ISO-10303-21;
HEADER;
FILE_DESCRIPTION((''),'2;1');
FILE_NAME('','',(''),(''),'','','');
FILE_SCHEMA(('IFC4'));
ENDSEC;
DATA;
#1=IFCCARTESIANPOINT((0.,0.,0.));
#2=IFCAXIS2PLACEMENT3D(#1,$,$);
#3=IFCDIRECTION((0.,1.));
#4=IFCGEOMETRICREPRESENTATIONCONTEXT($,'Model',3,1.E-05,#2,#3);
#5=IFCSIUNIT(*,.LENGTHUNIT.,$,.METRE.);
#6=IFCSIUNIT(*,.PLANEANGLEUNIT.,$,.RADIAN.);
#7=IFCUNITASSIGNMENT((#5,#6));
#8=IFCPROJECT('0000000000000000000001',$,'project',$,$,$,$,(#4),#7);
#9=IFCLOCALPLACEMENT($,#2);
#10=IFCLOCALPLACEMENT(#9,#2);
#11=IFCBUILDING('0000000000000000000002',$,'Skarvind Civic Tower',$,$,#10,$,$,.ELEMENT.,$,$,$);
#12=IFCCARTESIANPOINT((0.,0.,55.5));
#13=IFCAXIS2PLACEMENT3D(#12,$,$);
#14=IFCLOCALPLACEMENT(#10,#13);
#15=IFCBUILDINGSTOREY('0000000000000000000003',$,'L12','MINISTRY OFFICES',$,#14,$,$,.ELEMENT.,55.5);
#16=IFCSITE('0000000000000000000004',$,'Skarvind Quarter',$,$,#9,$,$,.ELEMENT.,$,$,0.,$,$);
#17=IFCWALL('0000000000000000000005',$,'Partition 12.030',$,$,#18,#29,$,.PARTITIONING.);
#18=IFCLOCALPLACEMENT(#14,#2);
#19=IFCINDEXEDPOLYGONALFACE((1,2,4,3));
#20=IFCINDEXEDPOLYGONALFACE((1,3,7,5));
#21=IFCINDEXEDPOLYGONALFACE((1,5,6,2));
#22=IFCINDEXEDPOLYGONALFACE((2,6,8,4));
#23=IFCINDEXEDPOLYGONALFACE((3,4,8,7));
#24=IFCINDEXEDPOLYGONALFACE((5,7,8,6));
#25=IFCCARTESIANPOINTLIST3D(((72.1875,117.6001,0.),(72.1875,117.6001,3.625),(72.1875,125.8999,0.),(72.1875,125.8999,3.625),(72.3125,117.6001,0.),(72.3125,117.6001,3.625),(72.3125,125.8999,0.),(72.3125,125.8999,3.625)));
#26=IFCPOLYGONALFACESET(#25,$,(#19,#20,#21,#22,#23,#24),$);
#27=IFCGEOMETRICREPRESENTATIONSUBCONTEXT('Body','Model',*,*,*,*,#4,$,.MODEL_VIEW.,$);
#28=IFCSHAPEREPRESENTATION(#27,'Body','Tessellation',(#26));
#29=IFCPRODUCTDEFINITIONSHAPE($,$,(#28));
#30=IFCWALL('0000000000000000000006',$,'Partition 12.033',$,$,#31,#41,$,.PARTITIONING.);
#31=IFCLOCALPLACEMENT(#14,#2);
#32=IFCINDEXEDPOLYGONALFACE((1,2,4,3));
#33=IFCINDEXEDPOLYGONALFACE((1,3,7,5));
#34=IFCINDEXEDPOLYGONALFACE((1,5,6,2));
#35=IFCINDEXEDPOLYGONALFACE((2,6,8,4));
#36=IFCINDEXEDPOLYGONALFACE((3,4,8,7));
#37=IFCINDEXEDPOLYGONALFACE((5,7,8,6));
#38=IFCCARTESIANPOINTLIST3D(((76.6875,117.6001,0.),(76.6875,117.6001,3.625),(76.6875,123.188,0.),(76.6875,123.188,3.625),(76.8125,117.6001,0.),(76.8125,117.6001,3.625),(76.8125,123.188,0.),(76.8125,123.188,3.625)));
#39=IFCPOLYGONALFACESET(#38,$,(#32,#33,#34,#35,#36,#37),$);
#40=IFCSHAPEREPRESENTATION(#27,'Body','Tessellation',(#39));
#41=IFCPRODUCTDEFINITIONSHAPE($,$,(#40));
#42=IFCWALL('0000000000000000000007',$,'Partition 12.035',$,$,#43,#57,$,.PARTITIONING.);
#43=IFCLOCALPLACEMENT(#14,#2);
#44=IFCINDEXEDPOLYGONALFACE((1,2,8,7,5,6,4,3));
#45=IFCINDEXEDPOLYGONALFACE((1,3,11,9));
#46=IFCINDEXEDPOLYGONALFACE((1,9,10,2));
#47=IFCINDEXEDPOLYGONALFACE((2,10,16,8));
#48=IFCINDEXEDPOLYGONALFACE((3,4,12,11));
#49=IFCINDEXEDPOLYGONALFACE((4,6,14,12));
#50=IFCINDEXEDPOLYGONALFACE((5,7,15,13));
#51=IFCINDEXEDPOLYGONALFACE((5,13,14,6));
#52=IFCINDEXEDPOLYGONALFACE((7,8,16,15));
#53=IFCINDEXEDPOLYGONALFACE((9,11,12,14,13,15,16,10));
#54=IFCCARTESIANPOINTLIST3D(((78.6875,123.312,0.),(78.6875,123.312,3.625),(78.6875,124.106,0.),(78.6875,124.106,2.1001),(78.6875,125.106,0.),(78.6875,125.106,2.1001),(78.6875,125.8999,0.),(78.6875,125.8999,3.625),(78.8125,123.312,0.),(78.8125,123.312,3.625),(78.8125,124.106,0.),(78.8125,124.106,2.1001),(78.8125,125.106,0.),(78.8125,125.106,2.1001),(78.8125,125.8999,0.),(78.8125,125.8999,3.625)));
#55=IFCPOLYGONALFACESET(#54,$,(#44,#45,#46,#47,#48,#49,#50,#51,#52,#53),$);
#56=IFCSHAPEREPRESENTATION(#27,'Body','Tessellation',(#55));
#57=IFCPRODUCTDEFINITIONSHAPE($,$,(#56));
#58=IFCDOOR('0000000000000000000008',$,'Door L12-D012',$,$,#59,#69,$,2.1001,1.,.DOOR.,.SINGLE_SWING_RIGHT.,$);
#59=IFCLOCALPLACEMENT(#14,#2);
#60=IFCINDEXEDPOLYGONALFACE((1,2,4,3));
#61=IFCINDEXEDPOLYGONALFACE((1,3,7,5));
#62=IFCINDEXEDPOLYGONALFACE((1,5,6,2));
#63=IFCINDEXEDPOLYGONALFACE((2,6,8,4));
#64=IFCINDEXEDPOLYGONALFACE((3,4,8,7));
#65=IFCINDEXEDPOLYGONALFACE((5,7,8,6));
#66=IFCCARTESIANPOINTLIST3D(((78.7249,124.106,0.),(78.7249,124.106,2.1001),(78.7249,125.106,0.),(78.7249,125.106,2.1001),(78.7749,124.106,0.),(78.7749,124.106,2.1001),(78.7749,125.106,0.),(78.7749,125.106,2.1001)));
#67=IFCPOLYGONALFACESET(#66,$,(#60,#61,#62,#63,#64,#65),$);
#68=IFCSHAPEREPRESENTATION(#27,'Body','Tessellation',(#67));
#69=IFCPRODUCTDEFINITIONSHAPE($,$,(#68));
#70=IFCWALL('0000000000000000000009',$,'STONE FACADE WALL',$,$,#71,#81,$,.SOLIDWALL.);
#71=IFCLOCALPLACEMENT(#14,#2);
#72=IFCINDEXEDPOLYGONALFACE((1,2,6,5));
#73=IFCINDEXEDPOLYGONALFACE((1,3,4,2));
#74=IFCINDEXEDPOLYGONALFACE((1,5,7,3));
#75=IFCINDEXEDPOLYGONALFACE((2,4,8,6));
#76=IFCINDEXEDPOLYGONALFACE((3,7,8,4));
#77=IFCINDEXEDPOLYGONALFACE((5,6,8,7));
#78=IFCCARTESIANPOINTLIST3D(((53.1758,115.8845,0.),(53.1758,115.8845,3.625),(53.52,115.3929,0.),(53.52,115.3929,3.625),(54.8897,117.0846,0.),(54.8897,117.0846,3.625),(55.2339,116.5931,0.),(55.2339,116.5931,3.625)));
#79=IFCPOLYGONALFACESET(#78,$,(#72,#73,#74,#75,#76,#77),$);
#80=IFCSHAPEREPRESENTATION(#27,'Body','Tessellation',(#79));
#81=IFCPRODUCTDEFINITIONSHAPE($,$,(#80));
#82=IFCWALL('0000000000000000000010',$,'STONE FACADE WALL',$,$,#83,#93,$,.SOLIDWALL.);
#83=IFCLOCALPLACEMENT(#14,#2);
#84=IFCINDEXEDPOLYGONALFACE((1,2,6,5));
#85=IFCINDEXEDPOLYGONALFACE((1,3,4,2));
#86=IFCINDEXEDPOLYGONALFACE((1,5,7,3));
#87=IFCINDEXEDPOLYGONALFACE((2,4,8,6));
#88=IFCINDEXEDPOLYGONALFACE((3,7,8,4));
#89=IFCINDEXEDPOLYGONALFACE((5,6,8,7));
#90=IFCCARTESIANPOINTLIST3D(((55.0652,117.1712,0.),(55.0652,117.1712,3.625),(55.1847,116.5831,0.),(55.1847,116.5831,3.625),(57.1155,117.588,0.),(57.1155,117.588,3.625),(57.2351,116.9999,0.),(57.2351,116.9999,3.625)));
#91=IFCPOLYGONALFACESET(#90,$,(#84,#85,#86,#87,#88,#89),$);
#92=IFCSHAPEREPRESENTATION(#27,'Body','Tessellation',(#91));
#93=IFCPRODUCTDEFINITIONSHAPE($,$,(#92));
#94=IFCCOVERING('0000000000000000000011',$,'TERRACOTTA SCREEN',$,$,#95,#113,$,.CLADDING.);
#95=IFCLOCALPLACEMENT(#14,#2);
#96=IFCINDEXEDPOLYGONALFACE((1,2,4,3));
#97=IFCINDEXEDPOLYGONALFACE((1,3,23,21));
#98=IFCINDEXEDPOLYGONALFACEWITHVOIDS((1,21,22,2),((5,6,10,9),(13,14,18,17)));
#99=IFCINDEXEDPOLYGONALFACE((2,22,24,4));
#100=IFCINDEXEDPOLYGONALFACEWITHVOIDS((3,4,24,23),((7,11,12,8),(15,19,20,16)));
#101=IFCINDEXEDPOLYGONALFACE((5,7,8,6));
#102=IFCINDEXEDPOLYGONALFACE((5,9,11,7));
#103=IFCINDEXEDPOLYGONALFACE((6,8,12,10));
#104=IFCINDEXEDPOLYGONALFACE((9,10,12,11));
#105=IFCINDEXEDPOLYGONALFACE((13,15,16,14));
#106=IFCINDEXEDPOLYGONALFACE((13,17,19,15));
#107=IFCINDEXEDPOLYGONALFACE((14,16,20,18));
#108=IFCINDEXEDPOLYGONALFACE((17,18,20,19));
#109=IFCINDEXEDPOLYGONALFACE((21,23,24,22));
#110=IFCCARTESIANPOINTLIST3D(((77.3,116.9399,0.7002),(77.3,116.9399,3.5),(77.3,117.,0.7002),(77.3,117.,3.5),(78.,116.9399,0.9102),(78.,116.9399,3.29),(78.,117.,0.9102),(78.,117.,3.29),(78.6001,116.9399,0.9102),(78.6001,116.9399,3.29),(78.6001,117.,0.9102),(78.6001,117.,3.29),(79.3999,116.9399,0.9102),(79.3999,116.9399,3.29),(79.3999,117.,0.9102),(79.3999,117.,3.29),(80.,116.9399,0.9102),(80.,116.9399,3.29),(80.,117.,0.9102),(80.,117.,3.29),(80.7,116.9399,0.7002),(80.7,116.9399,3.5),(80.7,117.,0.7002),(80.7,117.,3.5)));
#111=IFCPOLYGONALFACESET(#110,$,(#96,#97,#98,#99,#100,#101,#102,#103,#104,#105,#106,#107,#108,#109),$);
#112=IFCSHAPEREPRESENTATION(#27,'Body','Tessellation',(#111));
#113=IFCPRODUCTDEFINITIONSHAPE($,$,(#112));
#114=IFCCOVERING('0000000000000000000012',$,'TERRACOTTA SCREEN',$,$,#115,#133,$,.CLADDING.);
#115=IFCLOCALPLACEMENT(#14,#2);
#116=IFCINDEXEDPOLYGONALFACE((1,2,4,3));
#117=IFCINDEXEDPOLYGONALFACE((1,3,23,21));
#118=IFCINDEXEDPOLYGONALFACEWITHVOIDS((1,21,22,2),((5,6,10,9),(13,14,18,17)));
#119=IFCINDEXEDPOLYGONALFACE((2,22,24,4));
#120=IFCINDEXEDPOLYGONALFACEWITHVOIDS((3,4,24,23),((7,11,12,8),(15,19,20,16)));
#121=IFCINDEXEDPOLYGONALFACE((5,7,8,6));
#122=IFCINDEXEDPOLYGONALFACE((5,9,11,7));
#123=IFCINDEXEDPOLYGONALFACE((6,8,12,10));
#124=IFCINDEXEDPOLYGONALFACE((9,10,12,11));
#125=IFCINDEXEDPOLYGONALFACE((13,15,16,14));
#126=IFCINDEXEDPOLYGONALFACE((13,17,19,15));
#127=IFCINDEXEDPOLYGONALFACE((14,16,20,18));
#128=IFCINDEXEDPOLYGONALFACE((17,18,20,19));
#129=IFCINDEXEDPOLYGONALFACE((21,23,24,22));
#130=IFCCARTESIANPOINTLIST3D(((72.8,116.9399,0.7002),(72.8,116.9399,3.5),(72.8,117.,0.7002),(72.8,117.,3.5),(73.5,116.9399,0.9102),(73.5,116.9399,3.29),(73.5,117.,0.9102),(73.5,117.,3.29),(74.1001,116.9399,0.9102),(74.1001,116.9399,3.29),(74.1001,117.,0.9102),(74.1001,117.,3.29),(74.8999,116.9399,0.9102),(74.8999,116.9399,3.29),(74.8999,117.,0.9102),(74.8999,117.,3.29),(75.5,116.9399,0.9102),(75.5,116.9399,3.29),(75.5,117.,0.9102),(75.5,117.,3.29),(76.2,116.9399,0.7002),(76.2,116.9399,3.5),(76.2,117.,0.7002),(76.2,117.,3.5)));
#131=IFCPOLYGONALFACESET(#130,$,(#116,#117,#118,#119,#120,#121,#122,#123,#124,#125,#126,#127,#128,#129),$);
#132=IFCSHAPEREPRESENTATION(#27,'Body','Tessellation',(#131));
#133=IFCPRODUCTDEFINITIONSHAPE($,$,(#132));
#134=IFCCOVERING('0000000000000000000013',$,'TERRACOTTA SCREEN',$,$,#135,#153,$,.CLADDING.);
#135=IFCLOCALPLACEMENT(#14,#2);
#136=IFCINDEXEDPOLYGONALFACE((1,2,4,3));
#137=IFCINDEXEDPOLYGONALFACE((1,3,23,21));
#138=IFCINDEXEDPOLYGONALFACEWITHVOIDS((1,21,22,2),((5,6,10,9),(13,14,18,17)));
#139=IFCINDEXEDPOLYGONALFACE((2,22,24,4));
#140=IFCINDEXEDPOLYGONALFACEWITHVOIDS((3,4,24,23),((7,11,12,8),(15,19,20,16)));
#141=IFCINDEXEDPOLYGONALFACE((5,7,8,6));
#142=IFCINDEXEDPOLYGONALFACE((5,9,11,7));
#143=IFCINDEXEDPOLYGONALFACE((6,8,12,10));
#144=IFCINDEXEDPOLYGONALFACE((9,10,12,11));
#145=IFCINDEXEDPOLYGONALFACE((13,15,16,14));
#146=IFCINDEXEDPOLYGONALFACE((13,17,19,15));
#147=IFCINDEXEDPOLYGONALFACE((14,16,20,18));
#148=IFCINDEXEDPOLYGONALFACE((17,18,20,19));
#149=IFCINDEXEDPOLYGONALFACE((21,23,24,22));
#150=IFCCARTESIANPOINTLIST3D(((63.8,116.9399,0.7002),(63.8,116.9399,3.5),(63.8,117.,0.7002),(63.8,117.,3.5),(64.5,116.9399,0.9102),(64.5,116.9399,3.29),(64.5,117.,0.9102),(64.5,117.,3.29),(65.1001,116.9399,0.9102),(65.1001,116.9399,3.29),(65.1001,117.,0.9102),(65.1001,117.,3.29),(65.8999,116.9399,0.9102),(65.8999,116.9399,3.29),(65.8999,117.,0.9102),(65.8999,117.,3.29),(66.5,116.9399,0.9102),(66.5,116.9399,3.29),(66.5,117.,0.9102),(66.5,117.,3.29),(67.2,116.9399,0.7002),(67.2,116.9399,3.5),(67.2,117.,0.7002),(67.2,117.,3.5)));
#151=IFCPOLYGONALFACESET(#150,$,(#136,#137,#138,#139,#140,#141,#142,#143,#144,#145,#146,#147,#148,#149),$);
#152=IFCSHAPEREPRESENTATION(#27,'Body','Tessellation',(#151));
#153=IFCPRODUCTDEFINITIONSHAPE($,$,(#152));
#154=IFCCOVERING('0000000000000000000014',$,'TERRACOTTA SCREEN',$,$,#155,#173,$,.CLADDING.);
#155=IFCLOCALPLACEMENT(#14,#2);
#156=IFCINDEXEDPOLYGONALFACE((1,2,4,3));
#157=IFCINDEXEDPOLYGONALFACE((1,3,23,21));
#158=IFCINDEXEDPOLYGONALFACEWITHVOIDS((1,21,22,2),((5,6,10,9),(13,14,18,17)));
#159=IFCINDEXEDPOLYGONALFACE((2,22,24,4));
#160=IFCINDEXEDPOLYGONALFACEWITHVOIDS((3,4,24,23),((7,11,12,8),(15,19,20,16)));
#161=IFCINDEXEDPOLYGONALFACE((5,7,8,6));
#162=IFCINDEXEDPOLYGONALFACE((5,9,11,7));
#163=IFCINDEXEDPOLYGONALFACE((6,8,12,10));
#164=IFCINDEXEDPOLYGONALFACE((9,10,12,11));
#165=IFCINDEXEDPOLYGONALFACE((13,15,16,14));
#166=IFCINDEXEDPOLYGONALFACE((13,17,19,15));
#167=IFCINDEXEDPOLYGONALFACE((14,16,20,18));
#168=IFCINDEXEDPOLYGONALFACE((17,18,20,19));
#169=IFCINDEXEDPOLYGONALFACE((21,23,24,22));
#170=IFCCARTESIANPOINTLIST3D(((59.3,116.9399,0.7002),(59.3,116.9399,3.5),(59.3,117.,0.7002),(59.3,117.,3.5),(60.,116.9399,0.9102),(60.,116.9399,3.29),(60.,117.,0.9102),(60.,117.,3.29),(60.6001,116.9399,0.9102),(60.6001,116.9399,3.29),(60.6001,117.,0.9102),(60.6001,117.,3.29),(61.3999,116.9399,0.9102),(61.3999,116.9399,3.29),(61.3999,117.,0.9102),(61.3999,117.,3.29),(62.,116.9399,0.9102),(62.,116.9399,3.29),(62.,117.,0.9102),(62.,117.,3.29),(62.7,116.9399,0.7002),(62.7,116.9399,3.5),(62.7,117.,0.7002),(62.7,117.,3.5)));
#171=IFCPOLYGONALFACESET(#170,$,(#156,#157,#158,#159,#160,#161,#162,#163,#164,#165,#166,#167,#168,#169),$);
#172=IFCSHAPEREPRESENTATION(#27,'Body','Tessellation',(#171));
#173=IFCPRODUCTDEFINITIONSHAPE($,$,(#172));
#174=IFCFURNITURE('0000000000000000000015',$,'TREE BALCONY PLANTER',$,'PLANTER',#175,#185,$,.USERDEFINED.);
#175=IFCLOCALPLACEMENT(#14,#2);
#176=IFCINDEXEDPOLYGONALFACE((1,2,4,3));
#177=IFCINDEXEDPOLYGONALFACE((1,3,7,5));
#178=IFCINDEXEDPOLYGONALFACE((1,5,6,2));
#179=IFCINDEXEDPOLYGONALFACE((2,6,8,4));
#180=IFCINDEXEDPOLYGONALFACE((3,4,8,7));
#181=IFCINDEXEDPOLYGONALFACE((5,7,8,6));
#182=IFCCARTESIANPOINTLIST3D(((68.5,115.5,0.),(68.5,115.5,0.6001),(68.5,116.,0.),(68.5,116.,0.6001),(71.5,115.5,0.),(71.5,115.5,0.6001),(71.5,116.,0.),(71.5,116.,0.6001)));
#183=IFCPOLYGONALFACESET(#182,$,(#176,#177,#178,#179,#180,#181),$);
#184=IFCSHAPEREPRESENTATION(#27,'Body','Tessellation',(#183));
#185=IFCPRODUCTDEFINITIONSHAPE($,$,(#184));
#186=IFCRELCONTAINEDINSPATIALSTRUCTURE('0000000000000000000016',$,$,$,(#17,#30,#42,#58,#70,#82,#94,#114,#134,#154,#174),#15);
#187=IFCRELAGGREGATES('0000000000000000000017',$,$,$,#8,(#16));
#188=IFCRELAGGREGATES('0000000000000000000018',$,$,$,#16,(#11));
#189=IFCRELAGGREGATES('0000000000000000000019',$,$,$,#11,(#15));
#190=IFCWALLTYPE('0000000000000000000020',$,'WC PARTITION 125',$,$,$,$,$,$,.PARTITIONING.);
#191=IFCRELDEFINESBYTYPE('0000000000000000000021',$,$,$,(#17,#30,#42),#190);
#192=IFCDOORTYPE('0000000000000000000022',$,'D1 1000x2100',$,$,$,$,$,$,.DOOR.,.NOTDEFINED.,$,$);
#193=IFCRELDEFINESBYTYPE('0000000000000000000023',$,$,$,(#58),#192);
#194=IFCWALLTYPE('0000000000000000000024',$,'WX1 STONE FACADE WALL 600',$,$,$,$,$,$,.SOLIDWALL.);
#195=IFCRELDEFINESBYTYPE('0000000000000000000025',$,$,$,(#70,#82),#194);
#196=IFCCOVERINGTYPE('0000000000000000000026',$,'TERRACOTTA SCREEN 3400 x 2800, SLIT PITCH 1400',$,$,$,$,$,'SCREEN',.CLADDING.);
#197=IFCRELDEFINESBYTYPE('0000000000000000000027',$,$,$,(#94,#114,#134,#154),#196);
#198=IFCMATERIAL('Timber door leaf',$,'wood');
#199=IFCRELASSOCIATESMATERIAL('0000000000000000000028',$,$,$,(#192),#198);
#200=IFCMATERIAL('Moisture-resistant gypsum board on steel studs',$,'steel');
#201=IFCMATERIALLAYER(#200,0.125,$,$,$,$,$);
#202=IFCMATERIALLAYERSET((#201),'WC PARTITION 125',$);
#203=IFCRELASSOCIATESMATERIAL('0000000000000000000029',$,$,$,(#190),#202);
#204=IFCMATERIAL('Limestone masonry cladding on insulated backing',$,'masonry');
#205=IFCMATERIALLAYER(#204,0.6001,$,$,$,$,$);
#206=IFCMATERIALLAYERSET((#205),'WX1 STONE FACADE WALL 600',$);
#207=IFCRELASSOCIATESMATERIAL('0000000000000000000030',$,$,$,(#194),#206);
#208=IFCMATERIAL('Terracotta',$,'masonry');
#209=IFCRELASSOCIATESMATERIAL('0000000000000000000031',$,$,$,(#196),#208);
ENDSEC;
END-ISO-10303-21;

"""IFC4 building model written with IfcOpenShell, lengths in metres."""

from ifc_helpers import new_model, si_unit, direction, frame, frame_2d, origin, origin_2d, place, context, subcontext, project, spatial, polyline, rectangle, outline, extrude, material, layer, layer_set, material_profile, profile_set, type_object, element, fill, save


model = new_model("IFC4")

# Units and contexts
model_context = context("Model", 3, precision=1e-05, world=origin(), true_north=direction((0.0, 1.0)))
body_context = subcontext(model_context, "Body", "Model", "MODEL_VIEW")
ifc_project = project(units=[si_unit("LENGTHUNIT", "METRE"), si_unit("PLANEANGLEUNIT", "RADIAN")], contexts=[model_context])

# Site, building, storey
site_placement = place(None, origin())
site = spatial("IfcSite", under=ifc_project, at=site_placement, Name="Skarvind Quarter", CompositionType="ELEMENT", RefElevation=0.0)
building_placement = place(site_placement, origin())
building = spatial("IfcBuilding", under=site, at=building_placement, Name="Skarvind Civic Tower", CompositionType="ELEMENT")
storey_placement = place(building_placement, frame((0.0, 0.0, 55.5)))
storey = spatial("IfcBuildingStorey", under=building, at=storey_placement, Name="L12", Description="MINISTRY OFFICES", CompositionType="ELEMENT", Elevation=55.5)

# Shared definitions
ifc_material_1 = material(Name="Timber door leaf", Category="wood")

# Shared definitions
door_type_1 = type_object("IfcDoorType", Name="D1 1000x2100", OperationType="NOTDEFINED", PredefinedType="DOOR", material=ifc_material_1)

# Walls
ifc_material_2 = material(Name="Moisture-resistant gypsum board on steel studs", Category="steel")
ifc_layer_1 = layer(ifc_material_2, 0.125)
ifc_layer_set_1 = layer_set([ifc_layer_1], Name="WC PARTITION 125")
wall_type_1 = type_object("IfcWallType", Name="WC PARTITION 125", PredefinedType="PARTITIONING", material=ifc_layer_set_1)
wall_1_placement = place(storey_placement, frame((72.25, 117.6001, 0.0), z_axis=(0.0, 0.0, 1.0), x_axis=(0.0, 1.0, 0.0)))
element("IfcWall", 1, at=wall_1_placement, inside=storey, type_object=wall_type_1, Name="Partition 12.030", PredefinedType="PARTITIONING", context=body_context, shape_type="SweptSolid", body=[
    extrude(rectangle(XDim=8.2998, YDim=0.125, at=frame_2d((4.1499, 0.0))), origin(), (0.0, 0.0, 1.0), 3.625),
])
wall_2_placement = place(storey_placement, frame((76.75, 117.6001, 0.0), z_axis=(0.0, 0.0, 1.0), x_axis=(0.0, 1.0, 0.0)))
element("IfcWall", 2, at=wall_2_placement, inside=storey, type_object=wall_type_1, Name="Partition 12.033", PredefinedType="PARTITIONING", context=body_context, shape_type="SweptSolid", body=[
    extrude(rectangle(XDim=5.5879, YDim=0.125, at=frame_2d((2.7939, 0.0))), origin(), (0.0, 0.0, 1.0), 3.625),
])

# Wall, opening, door
wall_3_placement = place(storey_placement, frame((78.75, 125.8999, 0.0), z_axis=(0.0, 0.0, 1.0), x_axis=(0.0, -1.0, 0.0)))
wall_3 = element("IfcWall", 3, at=wall_3_placement, inside=storey, type_object=wall_type_1, Name="Partition 12.035", PredefinedType="PARTITIONING", context=body_context, shape_type="SweptSolid", body=[
    extrude(rectangle(XDim=2.5879, YDim=0.125, at=frame_2d((1.2939, 0.0))), origin(), (0.0, 0.0, 1.0), 3.625),
])
opening_1_placement = place(wall_3_placement, frame((0.7939, 0.0, 0.0)))
opening_1 = element("IfcOpeningElement", 4, at=opening_1_placement, cuts=wall_3, PredefinedType="OPENING", context=body_context, shape_type="SweptSolid", body=[
    extrude(rectangle(XDim=1.0, YDim=2.1001, at=frame_2d((0.5, 1.05))), frame((0.0, 0.0725, 0.0), z_axis=(0.0, -1.0, 0.0), x_axis=(1.0, 0.0, 0.0)), (0.0, 0.0, 1.0), 0.145),
])
door_1_placement = place(opening_1_placement, origin())
door_1 = element("IfcDoor", 5, at=door_1_placement, inside=storey, type_object=door_type_1, Name="Door L12-D012", OperationType="SINGLE_SWING_RIGHT", OverallHeight=2.1001, OverallWidth=1.0, PredefinedType="DOOR", context=body_context, shape_type="SweptSolid", body=[
    extrude(rectangle(XDim=1.0, YDim=2.1001, at=frame_2d((0.5, 1.05))), frame((0.0, 0.0249, 0.0), z_axis=(0.0, -1.0, 0.0), x_axis=(1.0, 0.0, 0.0)), (0.0, 0.0, 1.0), 0.05),
])
fill(opening_1, door_1)

# Walls
ifc_material_3 = material(Name="Limestone masonry cladding on insulated backing", Category="masonry")
ifc_layer_2 = layer(ifc_material_3, 0.6001)
ifc_layer_set_2 = layer_set([ifc_layer_2], Name="WX1 STONE FACADE WALL 600")
wall_type_2 = type_object("IfcWallType", Name="WX1 STONE FACADE WALL 600", PredefinedType="SOLIDWALL", material=ifc_layer_set_2)
for number, where, z_axis, x_axis, name in (
    (6, (55.0618, 116.8389, 0.0), (0.0, 0.0, 1.0), (-0.819122, -0.573619, 0.0), "STONE FACADE WALL"),
    (7, (57.1753, 117.2939, 0.0), (0.0, 0.0, 1.0), (-0.979961, -0.199189, 0.0), "STONE FACADE WALL"),
):
    element("IfcWall", number, at=place(storey_placement, frame(where, z_axis=z_axis, x_axis=x_axis)), inside=storey, type_object=wall_type_2, Name=name, PredefinedType="SOLIDWALL", context=body_context, shape_type="SweptSolid", body=[
        extrude(rectangle(XDim=2.0923, YDim=0.6001, at=frame_2d((1.0461, 0.0))), origin(), (0.0, 0.0, 1.0), 3.625),
    ])

# Coverings
ifc_material_4 = material(Name="Terracotta", Category="masonry")
ifc_material_profile_1 = material_profile(ifc_material_4, outline(polyline([(-1.7, -1.3999), (1.7, -1.3999), (1.7, 1.3999), (-1.7, 1.3999), (-1.7, -1.3999)]), holes=[polyline([(-1.0, -1.1899), (-0.3999, -1.1899), (-0.3999, 1.1899), (-1.0, 1.1899), (-1.0, -1.1899)]), polyline([(0.3999, -1.1899), (1.0, -1.1899), (1.0, 1.1899), (0.3999, 1.1899), (0.3999, -1.1899)])]), Name="TERRACOTTA SCREEN 3400 x 2800, SLIT PITCH 1400")
ifc_profile_set_1 = profile_set([ifc_material_profile_1], Name="Terracotta")
covering_type = type_object("IfcCoveringType", Name="TERRACOTTA SCREEN 3400 x 2800, SLIT PITCH 1400", ElementType="SCREEN", PredefinedType="CLADDING", material=ifc_profile_set_1)
for number, where, z_axis, x_axis, name in (
    (8, (79.0, 117.0, 2.1001), (0.0, -1.0, 0.0), (1.0, 0.0, 0.0), "TERRACOTTA SCREEN"),
    (9, (74.5, 117.0, 2.1001), (0.0, -1.0, 0.0), (1.0, 0.0, 0.0), "TERRACOTTA SCREEN"),
    (10, (65.5, 117.0, 2.1001), (0.0, -1.0, 0.0), (1.0, 0.0, 0.0), "TERRACOTTA SCREEN"),
    (11, (61.0, 117.0, 2.1001), (0.0, -1.0, 0.0), (1.0, 0.0, 0.0), "TERRACOTTA SCREEN"),
):
    element("IfcCovering", number, at=place(storey_placement, frame(where, z_axis=z_axis, x_axis=x_axis)), inside=storey, type_object=covering_type, Name=name, PredefinedType="CLADDING", context=body_context, shape_type="SweptSolid", body=[
        extrude(outline(polyline([(-1.7, -1.3999), (1.7, -1.3999), (1.7, 1.3999), (-1.7, 1.3999), (-1.7, -1.3999)]), holes=[polyline([(-1.0, -1.1899), (-0.3999, -1.1899), (-0.3999, 1.1899), (-1.0, 1.1899), (-1.0, -1.1899)]), polyline([(0.3999, -1.1899), (1.0, -1.1899), (1.0, 1.1899), (0.3999, 1.1899), (0.3999, -1.1899)])]), origin(), (0.0, 0.0, 1.0), 0.0601),
    ])

# Furniture
furniture_placement = place(storey_placement, frame((70.0, 115.75, 0.0), z_axis=(0.0, 0.0, 1.0), x_axis=(-1.0, 0.0, 0.0)))
element("IfcFurniture", 12, at=furniture_placement, inside=storey, Name="TREE BALCONY PLANTER", ObjectType="PLANTER", PredefinedType="USERDEFINED", context=body_context, shape_type="SweptSolid", body=[
    extrude(rectangle(XDim=3.0, YDim=0.5, at=origin_2d()), origin(), (0.0, 0.0, 1.0), 0.6001),
])

save(model, "model.ifc")
